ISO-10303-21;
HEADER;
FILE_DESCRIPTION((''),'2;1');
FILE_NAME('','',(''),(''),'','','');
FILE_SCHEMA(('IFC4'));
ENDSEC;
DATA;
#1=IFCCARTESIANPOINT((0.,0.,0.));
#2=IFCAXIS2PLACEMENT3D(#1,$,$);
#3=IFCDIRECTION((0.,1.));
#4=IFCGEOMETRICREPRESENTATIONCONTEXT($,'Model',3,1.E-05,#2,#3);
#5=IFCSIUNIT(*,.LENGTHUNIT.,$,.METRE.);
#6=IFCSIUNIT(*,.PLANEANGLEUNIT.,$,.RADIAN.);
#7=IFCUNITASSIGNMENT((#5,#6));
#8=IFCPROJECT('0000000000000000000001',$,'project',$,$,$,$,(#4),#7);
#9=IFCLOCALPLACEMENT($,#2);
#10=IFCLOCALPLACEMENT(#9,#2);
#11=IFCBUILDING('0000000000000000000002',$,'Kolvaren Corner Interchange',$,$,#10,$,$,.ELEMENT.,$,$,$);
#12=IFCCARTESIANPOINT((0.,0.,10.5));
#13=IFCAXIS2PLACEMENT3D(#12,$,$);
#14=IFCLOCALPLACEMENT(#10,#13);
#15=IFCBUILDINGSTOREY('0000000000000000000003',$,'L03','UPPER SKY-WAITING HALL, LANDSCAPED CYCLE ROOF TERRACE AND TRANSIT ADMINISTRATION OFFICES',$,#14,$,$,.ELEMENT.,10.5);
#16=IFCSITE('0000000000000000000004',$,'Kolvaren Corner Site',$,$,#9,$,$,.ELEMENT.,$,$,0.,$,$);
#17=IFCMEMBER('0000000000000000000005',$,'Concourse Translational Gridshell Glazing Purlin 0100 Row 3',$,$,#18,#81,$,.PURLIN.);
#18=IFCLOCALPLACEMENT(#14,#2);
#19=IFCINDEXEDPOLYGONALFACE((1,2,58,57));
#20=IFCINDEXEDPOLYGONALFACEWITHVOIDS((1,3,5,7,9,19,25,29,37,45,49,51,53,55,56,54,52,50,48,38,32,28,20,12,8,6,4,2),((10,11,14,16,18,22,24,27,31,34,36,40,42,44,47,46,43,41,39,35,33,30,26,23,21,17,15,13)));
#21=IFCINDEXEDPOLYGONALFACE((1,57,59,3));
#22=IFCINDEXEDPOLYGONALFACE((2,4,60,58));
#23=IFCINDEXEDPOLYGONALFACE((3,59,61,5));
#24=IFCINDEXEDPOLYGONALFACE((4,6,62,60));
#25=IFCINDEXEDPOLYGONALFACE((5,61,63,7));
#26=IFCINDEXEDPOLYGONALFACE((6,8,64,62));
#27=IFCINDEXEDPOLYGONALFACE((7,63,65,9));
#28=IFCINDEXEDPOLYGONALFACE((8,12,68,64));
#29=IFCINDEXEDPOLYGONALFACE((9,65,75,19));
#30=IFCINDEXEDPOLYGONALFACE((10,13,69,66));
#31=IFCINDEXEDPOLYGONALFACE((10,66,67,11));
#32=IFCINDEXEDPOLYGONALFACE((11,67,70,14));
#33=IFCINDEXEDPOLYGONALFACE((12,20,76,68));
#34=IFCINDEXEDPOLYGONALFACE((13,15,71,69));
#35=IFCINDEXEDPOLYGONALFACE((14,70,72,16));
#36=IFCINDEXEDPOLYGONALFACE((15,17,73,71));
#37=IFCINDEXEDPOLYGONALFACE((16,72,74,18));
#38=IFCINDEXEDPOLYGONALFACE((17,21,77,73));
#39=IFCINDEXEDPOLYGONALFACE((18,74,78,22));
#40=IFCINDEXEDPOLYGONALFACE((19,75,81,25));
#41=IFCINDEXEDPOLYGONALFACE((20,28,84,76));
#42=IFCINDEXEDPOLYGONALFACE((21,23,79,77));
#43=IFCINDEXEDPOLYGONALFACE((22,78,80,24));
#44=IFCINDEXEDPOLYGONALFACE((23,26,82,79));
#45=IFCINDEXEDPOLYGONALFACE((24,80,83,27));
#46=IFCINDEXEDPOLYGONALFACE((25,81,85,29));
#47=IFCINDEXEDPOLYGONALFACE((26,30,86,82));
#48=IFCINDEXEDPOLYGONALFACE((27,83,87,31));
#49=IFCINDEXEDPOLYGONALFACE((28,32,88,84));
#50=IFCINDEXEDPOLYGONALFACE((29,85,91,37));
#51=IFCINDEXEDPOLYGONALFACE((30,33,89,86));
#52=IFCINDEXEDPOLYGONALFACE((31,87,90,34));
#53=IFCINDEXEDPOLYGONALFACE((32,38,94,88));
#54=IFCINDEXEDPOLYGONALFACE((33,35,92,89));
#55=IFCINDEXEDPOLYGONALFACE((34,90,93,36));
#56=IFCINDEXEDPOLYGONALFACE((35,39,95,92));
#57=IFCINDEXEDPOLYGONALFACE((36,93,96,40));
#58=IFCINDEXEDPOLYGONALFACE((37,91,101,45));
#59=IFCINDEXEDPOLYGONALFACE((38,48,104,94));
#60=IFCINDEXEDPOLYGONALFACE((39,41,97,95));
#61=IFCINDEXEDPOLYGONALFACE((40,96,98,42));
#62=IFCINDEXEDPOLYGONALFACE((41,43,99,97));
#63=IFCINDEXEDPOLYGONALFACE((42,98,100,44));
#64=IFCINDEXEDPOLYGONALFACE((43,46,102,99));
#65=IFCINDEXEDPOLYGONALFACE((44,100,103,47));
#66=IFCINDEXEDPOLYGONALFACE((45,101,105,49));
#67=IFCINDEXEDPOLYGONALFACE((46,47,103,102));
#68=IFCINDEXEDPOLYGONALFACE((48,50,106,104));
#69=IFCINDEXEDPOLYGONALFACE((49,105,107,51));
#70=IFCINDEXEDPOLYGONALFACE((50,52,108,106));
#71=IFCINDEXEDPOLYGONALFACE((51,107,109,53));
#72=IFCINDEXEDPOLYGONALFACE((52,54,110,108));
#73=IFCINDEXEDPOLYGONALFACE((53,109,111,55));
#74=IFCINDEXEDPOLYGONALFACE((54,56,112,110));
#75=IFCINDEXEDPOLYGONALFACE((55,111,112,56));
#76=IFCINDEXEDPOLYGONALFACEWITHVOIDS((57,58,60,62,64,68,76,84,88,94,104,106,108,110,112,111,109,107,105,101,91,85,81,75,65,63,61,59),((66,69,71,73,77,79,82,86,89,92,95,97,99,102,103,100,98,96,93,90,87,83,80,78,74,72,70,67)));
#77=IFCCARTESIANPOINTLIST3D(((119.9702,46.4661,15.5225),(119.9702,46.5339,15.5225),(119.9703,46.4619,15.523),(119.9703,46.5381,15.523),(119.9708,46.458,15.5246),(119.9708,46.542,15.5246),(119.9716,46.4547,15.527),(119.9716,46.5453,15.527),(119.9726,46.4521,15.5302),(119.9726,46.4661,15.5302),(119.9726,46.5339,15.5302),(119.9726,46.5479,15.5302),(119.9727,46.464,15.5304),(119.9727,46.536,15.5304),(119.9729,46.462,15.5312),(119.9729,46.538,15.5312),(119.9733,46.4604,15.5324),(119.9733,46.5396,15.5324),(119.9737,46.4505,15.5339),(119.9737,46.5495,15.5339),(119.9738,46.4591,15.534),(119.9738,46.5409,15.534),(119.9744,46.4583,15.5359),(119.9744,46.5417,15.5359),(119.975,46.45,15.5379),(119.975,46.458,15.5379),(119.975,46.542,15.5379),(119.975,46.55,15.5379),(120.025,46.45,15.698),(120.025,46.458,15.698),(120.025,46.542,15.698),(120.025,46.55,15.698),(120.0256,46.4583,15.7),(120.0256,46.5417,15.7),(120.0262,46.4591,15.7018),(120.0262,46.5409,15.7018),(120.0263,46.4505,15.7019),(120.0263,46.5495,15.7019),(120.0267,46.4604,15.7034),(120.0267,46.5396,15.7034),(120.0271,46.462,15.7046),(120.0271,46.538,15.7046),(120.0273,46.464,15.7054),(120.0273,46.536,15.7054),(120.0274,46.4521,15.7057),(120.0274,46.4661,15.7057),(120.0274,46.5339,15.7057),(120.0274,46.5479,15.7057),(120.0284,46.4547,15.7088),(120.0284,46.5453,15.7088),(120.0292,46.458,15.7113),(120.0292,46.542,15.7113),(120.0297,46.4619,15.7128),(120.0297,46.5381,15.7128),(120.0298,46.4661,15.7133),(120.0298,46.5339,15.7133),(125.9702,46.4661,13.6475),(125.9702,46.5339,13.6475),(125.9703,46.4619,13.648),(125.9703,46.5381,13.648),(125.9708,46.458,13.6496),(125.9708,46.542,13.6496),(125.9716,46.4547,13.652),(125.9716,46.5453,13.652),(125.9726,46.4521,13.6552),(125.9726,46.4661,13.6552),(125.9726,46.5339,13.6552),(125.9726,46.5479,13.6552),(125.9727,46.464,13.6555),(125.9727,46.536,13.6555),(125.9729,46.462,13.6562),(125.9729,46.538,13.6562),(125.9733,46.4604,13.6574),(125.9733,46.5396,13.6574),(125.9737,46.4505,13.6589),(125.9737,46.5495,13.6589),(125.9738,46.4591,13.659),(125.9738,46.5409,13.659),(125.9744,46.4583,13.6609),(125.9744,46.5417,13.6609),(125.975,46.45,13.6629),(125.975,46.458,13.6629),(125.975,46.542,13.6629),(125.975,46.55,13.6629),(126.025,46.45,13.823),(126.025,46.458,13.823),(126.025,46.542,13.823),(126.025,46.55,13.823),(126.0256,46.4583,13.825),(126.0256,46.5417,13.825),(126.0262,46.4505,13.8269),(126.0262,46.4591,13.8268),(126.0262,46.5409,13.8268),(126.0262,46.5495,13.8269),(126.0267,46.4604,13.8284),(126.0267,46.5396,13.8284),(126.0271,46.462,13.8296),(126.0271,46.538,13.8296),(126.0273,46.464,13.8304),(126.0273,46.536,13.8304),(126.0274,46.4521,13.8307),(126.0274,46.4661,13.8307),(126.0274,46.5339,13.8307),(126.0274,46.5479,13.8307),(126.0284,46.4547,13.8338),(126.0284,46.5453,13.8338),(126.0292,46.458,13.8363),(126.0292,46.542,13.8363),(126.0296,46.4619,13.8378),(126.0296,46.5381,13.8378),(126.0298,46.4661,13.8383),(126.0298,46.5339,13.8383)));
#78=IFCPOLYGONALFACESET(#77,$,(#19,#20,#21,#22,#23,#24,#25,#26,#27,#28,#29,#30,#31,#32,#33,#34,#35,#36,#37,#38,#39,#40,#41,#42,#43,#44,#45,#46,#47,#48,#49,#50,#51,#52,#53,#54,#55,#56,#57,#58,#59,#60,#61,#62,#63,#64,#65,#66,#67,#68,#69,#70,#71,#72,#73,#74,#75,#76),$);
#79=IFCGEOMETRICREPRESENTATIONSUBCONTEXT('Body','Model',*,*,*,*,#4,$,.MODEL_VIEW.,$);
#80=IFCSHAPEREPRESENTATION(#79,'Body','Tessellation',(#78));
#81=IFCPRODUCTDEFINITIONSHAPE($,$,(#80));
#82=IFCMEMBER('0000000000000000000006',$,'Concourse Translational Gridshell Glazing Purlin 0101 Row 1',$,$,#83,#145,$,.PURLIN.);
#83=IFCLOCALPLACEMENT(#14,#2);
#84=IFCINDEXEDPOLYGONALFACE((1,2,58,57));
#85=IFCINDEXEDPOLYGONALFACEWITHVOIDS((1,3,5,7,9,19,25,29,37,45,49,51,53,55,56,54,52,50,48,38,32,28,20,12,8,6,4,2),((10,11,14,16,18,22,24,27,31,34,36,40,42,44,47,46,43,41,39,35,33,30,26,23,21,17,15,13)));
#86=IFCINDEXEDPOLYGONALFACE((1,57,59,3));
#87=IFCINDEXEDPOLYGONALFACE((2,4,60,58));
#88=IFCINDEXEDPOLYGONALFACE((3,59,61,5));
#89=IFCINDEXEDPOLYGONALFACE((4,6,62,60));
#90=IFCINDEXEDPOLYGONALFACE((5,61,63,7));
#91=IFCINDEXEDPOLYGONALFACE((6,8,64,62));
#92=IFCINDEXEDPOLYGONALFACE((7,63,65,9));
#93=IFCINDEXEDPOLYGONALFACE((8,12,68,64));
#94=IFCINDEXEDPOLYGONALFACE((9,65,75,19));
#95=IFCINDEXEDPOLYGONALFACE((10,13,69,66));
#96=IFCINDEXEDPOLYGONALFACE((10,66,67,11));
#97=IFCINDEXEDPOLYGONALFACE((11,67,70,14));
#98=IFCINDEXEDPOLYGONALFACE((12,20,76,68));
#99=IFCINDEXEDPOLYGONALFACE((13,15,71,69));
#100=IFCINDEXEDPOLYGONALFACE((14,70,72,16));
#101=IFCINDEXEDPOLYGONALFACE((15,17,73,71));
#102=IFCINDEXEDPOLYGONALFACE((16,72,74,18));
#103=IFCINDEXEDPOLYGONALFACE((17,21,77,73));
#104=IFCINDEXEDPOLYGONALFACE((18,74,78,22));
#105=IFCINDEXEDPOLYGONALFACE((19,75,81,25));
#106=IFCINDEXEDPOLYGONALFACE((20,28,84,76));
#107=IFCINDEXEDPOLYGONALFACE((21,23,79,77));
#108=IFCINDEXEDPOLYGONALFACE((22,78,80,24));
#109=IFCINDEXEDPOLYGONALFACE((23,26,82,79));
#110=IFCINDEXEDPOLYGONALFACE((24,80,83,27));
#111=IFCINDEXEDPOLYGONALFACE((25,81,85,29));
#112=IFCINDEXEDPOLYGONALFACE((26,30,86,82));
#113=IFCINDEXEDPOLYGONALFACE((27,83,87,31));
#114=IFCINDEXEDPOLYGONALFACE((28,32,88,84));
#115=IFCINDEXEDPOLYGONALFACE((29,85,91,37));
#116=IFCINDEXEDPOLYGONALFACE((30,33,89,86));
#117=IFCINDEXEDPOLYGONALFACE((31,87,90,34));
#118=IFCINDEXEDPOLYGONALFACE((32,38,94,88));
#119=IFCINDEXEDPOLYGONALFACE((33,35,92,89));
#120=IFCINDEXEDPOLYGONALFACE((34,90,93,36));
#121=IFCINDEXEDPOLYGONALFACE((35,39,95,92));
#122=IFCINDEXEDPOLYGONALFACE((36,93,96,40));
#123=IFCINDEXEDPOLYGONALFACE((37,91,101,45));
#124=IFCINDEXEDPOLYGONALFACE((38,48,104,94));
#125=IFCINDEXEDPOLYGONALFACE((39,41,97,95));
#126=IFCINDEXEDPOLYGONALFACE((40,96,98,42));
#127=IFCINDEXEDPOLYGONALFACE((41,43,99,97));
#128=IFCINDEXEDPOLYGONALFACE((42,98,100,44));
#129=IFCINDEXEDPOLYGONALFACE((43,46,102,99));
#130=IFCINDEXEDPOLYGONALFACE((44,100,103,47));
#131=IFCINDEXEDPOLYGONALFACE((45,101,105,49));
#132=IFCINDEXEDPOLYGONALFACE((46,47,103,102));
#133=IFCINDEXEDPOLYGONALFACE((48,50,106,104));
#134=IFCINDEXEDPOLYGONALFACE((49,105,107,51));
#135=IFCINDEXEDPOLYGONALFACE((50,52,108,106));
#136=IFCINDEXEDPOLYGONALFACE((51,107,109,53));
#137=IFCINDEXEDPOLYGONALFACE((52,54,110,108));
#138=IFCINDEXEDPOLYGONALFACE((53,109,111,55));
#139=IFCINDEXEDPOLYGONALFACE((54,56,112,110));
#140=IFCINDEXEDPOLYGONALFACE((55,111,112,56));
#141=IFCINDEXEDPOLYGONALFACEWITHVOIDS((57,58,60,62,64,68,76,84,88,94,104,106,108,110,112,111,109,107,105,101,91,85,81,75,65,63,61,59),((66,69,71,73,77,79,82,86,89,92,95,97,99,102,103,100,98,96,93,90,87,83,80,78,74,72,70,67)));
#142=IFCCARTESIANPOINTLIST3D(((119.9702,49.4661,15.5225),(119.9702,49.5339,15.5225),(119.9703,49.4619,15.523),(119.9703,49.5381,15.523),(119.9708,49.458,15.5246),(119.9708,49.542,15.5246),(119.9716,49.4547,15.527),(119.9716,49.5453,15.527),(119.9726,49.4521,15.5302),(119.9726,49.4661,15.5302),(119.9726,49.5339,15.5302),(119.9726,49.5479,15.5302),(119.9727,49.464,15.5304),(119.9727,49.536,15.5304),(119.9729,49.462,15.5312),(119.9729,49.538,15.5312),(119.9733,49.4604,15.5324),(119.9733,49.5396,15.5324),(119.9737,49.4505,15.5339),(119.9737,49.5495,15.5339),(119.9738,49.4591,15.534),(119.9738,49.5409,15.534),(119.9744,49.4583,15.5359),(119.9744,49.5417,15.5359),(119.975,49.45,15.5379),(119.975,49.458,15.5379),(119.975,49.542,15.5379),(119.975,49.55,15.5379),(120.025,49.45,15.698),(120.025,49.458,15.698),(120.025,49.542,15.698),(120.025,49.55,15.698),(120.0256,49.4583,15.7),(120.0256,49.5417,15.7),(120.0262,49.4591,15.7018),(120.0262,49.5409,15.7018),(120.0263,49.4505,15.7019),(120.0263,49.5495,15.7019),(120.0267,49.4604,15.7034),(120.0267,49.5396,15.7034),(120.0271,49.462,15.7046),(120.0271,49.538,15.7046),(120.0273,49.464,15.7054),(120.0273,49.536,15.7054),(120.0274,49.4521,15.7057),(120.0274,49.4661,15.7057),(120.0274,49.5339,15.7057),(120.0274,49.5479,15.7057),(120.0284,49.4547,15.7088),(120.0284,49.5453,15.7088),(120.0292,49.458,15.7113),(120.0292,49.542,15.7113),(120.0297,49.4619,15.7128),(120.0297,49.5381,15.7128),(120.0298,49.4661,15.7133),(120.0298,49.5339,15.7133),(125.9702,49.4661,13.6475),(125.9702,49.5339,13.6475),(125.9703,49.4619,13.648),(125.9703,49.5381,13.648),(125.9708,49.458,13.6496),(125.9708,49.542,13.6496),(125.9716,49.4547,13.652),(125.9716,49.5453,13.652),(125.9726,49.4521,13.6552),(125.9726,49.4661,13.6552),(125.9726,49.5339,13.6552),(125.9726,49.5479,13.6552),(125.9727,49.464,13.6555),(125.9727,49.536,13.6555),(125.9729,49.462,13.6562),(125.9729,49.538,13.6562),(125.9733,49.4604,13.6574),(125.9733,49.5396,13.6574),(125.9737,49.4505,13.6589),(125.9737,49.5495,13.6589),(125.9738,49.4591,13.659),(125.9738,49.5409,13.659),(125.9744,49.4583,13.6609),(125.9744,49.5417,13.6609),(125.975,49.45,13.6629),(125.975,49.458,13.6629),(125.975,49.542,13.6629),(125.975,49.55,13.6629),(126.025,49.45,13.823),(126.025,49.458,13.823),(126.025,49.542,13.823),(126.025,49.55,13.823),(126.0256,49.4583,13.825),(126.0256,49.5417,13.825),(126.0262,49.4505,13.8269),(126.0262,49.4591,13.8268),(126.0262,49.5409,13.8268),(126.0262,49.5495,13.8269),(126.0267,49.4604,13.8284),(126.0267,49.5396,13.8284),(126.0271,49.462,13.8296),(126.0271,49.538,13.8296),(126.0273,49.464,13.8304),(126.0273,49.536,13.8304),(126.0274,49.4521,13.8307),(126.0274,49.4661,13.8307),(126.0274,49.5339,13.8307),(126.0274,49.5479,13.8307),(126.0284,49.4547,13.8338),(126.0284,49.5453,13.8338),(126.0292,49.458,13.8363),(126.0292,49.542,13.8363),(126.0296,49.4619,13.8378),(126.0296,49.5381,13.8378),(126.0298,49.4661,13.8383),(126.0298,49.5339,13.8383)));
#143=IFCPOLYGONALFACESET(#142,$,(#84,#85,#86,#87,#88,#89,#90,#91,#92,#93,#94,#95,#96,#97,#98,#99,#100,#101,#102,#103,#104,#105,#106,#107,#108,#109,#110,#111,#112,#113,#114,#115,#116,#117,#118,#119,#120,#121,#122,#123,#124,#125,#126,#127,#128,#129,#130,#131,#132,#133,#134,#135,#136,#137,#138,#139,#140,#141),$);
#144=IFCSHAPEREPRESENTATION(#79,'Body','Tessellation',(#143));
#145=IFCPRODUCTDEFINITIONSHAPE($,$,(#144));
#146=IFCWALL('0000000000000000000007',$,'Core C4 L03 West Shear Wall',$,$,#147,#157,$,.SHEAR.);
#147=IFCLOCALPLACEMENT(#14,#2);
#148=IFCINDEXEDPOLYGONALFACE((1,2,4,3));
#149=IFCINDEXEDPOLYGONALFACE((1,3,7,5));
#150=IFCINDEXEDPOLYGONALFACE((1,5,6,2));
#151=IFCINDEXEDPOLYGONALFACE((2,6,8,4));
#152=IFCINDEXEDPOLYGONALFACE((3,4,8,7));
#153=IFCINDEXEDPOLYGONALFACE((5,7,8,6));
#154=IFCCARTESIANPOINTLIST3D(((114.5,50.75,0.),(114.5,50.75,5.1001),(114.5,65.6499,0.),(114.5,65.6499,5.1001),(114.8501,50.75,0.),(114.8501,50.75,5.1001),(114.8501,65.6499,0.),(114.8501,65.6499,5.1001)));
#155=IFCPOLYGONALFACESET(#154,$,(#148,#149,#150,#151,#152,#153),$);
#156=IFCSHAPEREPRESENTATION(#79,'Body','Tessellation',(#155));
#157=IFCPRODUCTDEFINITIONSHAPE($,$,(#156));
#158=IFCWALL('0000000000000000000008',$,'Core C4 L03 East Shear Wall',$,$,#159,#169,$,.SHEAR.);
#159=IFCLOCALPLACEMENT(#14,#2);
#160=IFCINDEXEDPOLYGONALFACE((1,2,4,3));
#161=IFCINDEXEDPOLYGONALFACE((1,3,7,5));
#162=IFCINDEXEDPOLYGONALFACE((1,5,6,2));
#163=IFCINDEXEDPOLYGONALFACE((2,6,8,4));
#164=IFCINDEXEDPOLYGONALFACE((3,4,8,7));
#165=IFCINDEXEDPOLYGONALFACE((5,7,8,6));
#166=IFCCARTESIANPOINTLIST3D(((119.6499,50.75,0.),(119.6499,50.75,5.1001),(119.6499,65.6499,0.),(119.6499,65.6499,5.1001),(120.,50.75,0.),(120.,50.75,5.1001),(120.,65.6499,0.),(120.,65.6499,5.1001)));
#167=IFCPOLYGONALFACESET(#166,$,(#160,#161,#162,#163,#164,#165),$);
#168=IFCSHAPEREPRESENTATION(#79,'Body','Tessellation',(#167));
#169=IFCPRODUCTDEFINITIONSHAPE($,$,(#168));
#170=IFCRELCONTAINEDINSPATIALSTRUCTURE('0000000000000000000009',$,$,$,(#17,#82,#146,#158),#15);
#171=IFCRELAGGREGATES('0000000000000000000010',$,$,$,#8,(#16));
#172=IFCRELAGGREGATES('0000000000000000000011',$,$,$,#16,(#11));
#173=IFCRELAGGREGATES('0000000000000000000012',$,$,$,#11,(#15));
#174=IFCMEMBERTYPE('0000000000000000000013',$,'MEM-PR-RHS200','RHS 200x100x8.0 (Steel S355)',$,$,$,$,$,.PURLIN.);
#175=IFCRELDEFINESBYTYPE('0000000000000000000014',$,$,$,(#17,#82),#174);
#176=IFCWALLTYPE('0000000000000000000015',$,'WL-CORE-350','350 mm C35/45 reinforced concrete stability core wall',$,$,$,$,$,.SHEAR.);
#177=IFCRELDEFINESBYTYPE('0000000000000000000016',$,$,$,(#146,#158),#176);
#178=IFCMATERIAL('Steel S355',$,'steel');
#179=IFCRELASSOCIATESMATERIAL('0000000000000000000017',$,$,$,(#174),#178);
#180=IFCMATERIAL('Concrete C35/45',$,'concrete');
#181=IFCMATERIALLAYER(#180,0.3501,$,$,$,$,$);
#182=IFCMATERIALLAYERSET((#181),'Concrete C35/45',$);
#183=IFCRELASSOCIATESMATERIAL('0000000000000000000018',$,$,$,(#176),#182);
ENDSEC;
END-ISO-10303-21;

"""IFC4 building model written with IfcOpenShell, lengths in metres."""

from ifc_helpers import new_model, si_unit, direction, frame, frame_2d, origin, origin_2d, place, context, subcontext, project, spatial, rectangle, hollow_rectangle, extrude, material, layer, layer_set, material_profile, profile_set, type_object, element, save


model = new_model("IFC4")

# Units and contexts
model_context = context("Model", 3, precision=1e-05, world=origin(), true_north=direction((0.0, 1.0)))
body_context = subcontext(model_context, "Body", "Model", "MODEL_VIEW")
ifc_project = project(units=[si_unit("LENGTHUNIT", "METRE"), si_unit("PLANEANGLEUNIT", "RADIAN")], contexts=[model_context])

# Site, building, storey
site_placement = place(None, origin())
site = spatial("IfcSite", under=ifc_project, at=site_placement, Name="Kolvaren Corner Site", CompositionType="ELEMENT", RefElevation=0.0)
building_placement = place(site_placement, origin())
building = spatial("IfcBuilding", under=site, at=building_placement, Name="Kolvaren Corner Interchange", CompositionType="ELEMENT")
storey_placement = place(building_placement, frame((0.0, 0.0, 10.5)))
storey = spatial("IfcBuildingStorey", under=building, at=storey_placement, Name="L03", Description="UPPER SKY-WAITING HALL, LANDSCAPED CYCLE ROOF TERRACE AND TRANSIT ADMINISTRATION OFFICES", CompositionType="ELEMENT", Elevation=10.5)

# Members
ifc_material_1 = material(Name="Steel S355", Category="steel")
ifc_material_profile_1 = material_profile(ifc_material_1, hollow_rectangle(XDim=0.1001, YDim=0.2, WallThickness=0.0081, InnerFilletRadius=0.0081, OuterFilletRadius=0.0161, at=origin_2d()), Name="RHS 200x100x8.0")
ifc_profile_set_1 = profile_set([ifc_material_profile_1], Name="Steel S355")
member_type_1 = type_object("IfcMemberType", Name="MEM-PR-RHS200", Description="RHS 200x100x8.0 (Steel S355)", PredefinedType="PURLIN", material=ifc_profile_set_1)
for number, where, z_axis, x_axis, name in (
    (1, (120.0, 46.5, 15.6179), (0.95448, 0.0, -0.298275), (0.0, 1.0, 0.0), "Concourse Translational Gridshell Glazing Purlin 0100 Row 3"),
    (2, (120.0, 49.5, 15.6179), (0.95448, 0.0, -0.298275), (0.0, 1.0, 0.0), "Concourse Translational Gridshell Glazing Purlin 0101 Row 1"),
):
    element("IfcMember", number, at=place(storey_placement, frame(where, z_axis=z_axis, x_axis=x_axis)), inside=storey, type_object=member_type_1, Name=name, PredefinedType="PURLIN", context=body_context, shape_type="SweptSolid", body=[
        extrude(hollow_rectangle(XDim=0.1001, YDim=0.2, WallThickness=0.0081, InnerFilletRadius=0.0081, OuterFilletRadius=0.0161, at=origin_2d()), origin(), (0.0, 0.0, 1.0), 6.2861),
    ])

# Shared definitions
ifc_material_2 = material(Name="Concrete C35/45", Category="concrete")
ifc_layer = layer(ifc_material_2, 0.3501)
ifc_layer_set = layer_set([ifc_layer], Name="Concrete C35/45")
wall_type = type_object("IfcWallType", Name="WL-CORE-350", Description="350 mm C35/45 reinforced concrete stability core wall", PredefinedType="SHEAR", material=ifc_layer_set)

# Walls
for number, where, z_axis, x_axis, name in (
    (3, (114.675, 50.75, 0.0), (0.0, 0.0, 1.0), (0.0, 1.0, 0.0), "Core C4 L03 West Shear Wall"),
    (4, (119.825, 50.75, 0.0), (0.0, 0.0, 1.0), (0.0, 1.0, 0.0), "Core C4 L03 East Shear Wall"),
):
    element("IfcWall", number, at=place(storey_placement, frame(where, z_axis=z_axis, x_axis=x_axis)), inside=storey, type_object=wall_type, Name=name, PredefinedType="SHEAR", context=body_context, shape_type="SweptSolid", body=[
        extrude(rectangle(XDim=14.8999, YDim=0.3501, at=frame_2d((7.45, 0.0))), origin(), (0.0, 0.0, 1.0), 5.1001),
    ])

save(model, "model.ifc")
